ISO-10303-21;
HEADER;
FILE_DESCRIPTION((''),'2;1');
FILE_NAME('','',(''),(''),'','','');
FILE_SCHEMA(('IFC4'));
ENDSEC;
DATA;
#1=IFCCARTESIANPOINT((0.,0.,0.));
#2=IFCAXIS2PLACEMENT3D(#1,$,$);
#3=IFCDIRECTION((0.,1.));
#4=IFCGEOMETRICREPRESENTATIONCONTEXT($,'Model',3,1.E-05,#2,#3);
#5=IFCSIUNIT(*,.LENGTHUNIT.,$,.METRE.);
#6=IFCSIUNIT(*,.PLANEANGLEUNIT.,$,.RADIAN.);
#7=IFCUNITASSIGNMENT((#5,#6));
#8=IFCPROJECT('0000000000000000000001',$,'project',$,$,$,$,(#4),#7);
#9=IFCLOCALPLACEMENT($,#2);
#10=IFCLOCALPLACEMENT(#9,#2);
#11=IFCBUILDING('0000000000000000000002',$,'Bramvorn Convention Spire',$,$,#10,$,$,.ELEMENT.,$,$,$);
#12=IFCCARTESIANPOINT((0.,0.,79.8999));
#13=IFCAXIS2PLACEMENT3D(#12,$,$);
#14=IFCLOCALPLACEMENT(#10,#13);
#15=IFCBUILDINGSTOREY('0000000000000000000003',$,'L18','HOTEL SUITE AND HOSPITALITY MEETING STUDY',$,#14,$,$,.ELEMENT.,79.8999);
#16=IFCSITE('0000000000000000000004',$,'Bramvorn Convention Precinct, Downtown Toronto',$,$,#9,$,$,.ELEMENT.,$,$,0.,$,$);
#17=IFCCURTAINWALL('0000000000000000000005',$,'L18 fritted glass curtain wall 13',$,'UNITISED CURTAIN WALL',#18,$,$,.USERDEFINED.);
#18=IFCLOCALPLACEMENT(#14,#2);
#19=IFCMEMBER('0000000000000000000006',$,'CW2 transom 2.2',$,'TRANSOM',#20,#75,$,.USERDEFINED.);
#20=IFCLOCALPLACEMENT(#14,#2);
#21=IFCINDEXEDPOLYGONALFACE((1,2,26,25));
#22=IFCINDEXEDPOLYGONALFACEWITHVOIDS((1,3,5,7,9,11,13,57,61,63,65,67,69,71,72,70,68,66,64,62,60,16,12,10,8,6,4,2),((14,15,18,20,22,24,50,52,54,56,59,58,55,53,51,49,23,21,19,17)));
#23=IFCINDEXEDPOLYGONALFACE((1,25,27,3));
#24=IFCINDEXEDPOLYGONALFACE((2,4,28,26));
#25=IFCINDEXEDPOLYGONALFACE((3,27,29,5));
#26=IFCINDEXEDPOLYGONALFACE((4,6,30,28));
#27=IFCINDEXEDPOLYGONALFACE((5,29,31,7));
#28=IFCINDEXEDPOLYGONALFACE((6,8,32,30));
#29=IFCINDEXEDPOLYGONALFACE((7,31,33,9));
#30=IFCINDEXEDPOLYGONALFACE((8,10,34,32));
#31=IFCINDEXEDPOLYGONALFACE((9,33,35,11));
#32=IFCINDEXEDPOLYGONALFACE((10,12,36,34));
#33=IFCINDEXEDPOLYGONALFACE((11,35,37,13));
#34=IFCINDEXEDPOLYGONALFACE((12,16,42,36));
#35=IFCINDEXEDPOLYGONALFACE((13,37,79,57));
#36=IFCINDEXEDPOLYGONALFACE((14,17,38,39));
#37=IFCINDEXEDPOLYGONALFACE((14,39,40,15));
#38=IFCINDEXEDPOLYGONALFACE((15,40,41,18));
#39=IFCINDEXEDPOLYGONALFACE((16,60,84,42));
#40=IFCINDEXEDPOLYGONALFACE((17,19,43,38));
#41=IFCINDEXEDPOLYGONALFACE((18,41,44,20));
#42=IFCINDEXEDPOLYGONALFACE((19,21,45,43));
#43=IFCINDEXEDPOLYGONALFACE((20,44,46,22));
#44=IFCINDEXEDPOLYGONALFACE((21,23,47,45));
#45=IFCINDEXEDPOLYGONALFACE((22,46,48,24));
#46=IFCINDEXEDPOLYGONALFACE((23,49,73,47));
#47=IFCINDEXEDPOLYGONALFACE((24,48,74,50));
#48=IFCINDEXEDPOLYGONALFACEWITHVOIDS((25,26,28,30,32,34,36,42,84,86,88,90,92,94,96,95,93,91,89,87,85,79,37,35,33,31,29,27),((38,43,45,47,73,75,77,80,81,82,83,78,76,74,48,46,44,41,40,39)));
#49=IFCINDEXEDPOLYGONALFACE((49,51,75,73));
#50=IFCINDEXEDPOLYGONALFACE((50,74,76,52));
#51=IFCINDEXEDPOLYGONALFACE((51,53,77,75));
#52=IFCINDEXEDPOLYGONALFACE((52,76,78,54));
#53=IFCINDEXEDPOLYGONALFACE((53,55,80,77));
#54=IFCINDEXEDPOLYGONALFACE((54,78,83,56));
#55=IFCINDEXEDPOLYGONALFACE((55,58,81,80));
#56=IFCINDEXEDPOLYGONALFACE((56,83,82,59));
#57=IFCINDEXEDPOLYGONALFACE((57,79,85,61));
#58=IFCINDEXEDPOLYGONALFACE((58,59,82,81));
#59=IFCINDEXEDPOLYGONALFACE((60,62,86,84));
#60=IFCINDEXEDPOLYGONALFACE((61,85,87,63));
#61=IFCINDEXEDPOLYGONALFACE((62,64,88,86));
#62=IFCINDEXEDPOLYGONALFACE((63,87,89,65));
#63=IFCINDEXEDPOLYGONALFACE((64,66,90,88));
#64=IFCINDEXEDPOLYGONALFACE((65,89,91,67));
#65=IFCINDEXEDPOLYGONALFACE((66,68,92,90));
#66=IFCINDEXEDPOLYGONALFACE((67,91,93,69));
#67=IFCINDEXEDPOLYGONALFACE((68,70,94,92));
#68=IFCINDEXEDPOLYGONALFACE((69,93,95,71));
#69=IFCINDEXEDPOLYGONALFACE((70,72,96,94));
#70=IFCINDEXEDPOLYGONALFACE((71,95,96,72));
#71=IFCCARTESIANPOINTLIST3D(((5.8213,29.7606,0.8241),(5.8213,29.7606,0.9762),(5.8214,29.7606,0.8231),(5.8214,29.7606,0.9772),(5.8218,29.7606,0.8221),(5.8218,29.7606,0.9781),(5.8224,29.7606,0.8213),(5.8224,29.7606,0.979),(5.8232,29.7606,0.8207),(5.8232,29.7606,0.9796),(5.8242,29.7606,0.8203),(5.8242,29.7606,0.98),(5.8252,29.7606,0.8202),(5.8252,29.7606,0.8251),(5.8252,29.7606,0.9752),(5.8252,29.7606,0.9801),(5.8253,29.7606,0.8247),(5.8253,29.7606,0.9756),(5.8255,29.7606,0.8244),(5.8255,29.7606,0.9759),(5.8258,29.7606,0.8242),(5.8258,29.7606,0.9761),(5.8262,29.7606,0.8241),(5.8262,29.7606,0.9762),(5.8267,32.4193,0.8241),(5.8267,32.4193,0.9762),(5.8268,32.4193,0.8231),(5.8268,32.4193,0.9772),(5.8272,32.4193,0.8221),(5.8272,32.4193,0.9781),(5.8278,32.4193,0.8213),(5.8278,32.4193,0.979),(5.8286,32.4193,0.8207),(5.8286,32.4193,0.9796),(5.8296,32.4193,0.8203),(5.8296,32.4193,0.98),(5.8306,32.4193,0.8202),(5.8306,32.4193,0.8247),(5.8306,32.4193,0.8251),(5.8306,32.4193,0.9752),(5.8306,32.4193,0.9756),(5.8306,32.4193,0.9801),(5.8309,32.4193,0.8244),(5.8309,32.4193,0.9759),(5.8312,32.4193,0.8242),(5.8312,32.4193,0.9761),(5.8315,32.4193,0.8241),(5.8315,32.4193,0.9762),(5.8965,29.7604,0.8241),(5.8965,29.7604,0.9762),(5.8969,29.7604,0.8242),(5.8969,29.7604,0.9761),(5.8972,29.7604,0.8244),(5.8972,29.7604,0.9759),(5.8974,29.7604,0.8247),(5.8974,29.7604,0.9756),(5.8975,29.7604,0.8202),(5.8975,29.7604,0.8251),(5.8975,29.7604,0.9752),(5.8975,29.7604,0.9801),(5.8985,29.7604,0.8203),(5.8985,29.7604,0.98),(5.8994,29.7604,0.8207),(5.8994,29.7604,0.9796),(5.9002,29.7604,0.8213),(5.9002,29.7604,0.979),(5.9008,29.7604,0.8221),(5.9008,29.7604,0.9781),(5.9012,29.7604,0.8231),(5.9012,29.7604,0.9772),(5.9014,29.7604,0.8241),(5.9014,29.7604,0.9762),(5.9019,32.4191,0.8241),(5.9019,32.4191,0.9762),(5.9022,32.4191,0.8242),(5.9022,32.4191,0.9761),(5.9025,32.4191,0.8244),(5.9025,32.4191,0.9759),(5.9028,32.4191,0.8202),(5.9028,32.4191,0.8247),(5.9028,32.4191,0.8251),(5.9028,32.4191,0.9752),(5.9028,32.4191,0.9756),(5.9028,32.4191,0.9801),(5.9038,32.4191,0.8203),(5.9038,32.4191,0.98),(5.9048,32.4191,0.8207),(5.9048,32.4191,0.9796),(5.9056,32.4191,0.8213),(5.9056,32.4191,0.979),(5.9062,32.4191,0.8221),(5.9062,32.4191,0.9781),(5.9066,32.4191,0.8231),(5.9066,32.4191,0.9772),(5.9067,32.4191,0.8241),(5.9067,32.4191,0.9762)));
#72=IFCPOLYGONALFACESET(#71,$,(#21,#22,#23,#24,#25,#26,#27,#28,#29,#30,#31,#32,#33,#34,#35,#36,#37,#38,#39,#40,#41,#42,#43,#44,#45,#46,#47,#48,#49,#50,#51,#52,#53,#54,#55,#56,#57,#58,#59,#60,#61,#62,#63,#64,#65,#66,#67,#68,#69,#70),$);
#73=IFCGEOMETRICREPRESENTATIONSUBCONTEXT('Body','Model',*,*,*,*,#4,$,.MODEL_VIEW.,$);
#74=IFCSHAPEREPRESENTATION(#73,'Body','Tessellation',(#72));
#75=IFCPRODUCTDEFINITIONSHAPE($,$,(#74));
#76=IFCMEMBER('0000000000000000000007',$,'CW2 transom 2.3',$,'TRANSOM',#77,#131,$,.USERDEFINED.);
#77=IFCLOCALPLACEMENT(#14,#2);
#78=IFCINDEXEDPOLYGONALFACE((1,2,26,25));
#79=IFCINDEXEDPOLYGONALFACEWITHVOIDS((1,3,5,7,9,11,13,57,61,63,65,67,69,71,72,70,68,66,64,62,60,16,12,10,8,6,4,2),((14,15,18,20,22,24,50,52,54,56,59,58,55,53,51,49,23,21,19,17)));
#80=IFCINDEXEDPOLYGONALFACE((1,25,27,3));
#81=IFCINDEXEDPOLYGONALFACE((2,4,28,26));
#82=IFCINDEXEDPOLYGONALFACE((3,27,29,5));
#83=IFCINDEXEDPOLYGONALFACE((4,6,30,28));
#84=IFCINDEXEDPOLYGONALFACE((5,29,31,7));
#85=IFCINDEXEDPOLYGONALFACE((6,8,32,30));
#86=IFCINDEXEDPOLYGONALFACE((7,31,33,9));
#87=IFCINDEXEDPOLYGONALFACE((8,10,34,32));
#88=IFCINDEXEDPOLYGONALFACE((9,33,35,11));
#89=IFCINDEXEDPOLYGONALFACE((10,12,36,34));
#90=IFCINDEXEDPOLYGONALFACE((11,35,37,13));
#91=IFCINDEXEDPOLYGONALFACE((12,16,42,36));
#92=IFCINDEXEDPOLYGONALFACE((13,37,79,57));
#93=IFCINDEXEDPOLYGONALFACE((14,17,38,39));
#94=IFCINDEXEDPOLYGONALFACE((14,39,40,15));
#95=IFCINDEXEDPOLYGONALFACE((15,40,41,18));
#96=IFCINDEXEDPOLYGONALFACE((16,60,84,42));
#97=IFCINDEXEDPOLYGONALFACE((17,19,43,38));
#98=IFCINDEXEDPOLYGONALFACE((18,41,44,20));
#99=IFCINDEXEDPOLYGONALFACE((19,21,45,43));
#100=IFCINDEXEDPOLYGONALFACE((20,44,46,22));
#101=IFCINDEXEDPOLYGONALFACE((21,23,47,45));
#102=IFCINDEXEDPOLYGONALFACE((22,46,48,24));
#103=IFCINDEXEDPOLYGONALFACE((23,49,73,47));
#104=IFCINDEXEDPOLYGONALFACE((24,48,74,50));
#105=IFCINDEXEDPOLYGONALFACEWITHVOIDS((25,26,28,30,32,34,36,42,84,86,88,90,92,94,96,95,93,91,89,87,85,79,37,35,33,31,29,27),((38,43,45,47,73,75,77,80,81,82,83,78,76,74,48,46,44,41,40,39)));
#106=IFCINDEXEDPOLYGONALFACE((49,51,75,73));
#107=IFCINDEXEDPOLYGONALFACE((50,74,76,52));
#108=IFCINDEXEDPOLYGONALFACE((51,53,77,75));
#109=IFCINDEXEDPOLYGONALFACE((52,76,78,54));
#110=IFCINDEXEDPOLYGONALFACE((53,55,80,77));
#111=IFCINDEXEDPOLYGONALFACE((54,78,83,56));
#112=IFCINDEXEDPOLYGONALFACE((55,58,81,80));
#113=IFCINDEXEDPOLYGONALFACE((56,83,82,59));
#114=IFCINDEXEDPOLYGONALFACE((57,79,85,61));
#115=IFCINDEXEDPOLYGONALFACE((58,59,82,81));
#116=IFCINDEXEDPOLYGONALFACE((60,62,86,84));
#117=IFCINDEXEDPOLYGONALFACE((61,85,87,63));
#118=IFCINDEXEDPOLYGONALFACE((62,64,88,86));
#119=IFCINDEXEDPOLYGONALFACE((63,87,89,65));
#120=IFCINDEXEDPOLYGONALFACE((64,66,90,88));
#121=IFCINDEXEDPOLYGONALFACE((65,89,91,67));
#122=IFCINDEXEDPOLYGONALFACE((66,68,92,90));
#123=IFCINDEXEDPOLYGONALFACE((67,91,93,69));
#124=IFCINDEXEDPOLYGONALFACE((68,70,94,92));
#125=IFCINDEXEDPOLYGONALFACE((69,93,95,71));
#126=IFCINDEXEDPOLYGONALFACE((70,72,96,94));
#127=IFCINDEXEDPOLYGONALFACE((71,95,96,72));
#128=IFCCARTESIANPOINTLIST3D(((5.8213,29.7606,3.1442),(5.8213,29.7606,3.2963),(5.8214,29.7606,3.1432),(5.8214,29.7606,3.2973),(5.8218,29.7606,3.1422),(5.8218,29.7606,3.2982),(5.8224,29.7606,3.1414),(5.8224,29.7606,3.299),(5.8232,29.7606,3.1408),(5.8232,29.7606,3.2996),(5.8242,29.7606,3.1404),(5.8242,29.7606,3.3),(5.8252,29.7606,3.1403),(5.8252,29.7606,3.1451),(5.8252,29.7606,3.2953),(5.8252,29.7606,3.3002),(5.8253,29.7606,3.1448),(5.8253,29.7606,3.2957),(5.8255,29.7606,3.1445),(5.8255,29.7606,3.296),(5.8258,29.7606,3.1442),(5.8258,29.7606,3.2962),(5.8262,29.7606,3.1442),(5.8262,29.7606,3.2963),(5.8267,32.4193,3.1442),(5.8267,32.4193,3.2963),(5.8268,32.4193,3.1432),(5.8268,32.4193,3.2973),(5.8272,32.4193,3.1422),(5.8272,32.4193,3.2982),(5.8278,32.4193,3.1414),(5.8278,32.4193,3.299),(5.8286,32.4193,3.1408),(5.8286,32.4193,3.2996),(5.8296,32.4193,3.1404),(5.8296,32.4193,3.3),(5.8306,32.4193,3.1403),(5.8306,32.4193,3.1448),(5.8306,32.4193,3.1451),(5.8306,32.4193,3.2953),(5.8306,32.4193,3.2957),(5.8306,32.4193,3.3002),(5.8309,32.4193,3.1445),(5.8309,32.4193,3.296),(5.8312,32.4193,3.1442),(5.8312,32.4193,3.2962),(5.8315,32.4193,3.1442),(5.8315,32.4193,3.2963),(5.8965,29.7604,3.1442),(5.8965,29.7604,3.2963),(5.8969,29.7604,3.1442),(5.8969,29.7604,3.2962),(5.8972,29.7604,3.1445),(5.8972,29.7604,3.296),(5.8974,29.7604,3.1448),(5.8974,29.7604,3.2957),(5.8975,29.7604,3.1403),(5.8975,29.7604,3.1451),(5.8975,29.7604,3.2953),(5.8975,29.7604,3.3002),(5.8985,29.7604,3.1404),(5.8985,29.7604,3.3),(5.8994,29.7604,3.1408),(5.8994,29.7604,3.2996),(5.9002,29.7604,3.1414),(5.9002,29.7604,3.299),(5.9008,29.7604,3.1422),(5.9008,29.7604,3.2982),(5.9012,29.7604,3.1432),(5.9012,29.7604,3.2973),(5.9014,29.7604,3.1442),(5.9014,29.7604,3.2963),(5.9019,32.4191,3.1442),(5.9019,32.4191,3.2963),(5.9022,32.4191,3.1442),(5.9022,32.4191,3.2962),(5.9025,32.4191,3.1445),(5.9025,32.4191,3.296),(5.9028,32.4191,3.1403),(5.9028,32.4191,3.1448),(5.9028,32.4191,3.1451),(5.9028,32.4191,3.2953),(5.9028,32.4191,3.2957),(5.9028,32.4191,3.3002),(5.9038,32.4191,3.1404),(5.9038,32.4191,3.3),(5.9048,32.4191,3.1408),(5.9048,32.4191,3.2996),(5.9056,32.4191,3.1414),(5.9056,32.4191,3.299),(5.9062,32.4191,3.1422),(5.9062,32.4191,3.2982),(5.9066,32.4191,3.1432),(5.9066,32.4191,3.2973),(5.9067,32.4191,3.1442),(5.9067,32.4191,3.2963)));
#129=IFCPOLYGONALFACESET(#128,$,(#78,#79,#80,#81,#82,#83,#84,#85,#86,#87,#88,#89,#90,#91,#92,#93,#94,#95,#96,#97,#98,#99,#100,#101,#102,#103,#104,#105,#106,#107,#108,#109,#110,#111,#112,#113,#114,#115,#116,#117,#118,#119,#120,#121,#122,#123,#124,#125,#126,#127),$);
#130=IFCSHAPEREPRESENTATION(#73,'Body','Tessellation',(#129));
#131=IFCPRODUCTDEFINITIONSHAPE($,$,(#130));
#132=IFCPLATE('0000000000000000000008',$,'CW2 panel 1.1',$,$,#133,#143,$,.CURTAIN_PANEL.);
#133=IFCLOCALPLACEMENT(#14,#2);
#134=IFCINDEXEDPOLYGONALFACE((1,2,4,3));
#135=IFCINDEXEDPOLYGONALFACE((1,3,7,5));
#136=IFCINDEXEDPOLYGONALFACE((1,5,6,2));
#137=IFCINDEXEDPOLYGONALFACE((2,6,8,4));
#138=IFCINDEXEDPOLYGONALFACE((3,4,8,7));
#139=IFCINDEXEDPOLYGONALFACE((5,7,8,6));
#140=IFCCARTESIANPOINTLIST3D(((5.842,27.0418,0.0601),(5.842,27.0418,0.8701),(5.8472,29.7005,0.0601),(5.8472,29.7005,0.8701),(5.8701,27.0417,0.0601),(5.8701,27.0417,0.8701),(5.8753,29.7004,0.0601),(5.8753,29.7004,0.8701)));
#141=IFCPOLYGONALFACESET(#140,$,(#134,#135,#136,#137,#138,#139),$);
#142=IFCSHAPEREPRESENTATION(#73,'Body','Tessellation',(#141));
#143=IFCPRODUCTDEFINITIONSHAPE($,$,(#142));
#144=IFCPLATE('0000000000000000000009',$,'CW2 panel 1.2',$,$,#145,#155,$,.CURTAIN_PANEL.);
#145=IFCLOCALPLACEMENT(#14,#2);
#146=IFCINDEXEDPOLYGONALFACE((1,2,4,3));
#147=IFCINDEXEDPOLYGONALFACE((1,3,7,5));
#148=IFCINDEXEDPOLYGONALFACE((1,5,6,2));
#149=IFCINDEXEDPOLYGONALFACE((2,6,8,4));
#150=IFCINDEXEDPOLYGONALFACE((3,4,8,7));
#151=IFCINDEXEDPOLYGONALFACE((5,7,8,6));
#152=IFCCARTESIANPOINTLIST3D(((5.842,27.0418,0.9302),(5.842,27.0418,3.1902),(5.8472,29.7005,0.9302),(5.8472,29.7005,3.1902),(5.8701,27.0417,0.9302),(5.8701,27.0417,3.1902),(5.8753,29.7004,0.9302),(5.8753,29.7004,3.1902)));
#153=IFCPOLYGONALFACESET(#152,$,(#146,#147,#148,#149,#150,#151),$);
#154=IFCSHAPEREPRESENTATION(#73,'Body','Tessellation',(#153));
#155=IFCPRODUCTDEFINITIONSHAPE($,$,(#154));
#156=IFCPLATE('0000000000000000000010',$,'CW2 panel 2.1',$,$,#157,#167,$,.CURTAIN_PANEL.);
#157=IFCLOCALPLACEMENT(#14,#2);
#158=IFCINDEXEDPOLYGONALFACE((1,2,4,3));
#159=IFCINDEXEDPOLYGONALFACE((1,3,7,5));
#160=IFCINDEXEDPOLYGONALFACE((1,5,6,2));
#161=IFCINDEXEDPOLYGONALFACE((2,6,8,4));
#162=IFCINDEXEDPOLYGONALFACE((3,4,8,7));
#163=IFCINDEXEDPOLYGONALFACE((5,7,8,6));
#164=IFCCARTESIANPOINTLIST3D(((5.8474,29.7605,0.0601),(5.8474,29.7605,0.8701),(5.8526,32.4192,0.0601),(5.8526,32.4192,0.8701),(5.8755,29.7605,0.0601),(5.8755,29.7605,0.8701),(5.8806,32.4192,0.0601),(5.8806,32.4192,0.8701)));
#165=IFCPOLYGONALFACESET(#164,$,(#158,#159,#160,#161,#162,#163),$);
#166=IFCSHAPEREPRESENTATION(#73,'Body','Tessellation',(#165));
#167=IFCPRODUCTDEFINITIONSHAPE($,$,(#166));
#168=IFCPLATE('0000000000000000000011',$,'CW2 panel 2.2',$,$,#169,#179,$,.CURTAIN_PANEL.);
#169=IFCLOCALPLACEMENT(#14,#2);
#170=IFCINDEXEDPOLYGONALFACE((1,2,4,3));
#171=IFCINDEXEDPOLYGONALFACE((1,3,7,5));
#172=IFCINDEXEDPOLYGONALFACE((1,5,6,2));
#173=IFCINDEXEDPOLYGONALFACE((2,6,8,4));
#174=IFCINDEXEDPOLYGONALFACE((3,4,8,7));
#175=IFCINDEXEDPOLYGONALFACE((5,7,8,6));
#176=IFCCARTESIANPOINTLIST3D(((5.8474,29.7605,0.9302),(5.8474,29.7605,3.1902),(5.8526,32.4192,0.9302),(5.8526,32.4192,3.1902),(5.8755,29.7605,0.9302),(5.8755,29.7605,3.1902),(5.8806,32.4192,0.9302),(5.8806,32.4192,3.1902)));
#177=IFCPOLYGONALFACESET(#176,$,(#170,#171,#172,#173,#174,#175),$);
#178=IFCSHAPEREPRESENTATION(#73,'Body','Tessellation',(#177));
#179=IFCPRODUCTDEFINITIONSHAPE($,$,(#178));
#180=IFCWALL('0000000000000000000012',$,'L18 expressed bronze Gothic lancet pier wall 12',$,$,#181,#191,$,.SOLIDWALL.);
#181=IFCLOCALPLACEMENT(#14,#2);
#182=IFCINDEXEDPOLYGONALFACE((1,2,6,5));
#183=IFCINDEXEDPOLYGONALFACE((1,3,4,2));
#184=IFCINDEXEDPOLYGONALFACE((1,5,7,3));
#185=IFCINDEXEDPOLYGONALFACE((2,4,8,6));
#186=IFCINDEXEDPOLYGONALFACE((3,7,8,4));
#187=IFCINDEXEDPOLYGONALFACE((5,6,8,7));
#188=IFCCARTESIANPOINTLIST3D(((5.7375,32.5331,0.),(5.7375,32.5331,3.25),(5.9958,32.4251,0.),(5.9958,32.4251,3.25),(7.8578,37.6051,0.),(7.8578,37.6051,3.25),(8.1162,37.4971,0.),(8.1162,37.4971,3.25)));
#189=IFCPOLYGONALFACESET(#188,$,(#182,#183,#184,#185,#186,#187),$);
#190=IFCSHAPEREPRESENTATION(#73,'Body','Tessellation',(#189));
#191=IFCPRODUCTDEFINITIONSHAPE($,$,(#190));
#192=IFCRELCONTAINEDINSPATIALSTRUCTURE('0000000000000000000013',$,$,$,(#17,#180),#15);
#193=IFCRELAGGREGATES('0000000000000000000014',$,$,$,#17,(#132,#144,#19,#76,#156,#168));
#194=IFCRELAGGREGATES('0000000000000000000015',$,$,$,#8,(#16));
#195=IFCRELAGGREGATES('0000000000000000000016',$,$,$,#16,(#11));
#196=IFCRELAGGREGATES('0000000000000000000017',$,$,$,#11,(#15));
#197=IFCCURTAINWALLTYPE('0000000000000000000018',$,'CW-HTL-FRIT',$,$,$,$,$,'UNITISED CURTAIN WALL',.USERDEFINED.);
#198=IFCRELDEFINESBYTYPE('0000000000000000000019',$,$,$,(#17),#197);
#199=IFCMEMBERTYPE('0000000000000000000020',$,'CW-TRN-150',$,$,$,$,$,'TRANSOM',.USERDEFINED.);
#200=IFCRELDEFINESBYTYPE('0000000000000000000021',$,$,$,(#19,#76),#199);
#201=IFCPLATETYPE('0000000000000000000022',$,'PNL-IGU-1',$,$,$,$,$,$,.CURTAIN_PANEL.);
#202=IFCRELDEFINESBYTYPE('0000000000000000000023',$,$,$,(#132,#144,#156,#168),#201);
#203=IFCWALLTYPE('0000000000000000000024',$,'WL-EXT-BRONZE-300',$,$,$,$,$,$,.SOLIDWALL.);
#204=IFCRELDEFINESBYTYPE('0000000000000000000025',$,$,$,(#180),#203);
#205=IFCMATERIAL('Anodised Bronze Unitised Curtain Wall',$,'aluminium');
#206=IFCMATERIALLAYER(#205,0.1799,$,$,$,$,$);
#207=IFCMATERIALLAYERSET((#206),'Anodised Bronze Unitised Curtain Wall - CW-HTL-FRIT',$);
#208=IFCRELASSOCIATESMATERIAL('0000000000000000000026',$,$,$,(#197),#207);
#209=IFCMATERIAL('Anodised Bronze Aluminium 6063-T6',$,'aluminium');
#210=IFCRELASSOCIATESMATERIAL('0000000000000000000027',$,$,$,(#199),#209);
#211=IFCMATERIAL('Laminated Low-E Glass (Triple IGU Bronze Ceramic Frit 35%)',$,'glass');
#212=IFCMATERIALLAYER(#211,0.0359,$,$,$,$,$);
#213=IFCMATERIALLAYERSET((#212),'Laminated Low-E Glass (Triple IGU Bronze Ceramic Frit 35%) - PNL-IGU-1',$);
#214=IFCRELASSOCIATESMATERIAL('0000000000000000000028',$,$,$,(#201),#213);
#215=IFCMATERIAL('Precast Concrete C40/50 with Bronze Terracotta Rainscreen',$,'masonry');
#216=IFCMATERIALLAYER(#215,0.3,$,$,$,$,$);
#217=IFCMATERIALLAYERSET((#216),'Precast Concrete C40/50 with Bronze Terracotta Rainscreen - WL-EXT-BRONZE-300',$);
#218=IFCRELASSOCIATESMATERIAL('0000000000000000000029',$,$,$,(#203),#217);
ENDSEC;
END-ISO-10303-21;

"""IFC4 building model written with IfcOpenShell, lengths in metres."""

from ifc_helpers import new_model, si_unit, direction, frame, frame_2d, origin, origin_2d, place, context, subcontext, project, spatial, rectangle, hollow_rectangle, extrude, material, layer, layer_set, material_profile, profile_set, type_object, element, aggregate, save


model = new_model("IFC4")

# Units and contexts
model_context = context("Model", 3, precision=1e-05, world=origin(), true_north=direction((0.0, 1.0)))
body_context = subcontext(model_context, "Body", "Model", "MODEL_VIEW")
ifc_project = project(units=[si_unit("LENGTHUNIT", "METRE"), si_unit("PLANEANGLEUNIT", "RADIAN")], contexts=[model_context])

# Site, building, storey
site_placement = place(None, origin())
site = spatial("IfcSite", under=ifc_project, at=site_placement, Name="Bramvorn Convention Precinct, Downtown Toronto", CompositionType="ELEMENT", RefElevation=0.0)
building_placement = place(site_placement, origin())
building = spatial("IfcBuilding", under=site, at=building_placement, Name="Bramvorn Convention Spire", CompositionType="ELEMENT")
storey_placement = place(building_placement, frame((0.0, 0.0, 79.8999)))
storey = spatial("IfcBuildingStorey", under=building, at=storey_placement, Name="L18", Description="HOTEL SUITE AND HOSPITALITY MEETING STUDY", CompositionType="ELEMENT", Elevation=79.8999)

# Curtain wall
ifc_material_1 = material(Name="Anodised Bronze Unitised Curtain Wall", Category="aluminium")
ifc_layer_1 = layer(ifc_material_1, 0.1799)
ifc_layer_set_1 = layer_set([ifc_layer_1], Name="Anodised Bronze Unitised Curtain Wall - CW-HTL-FRIT")
curtain_wall_type = type_object("IfcCurtainWallType", Name="CW-HTL-FRIT", ElementType="UNITISED CURTAIN WALL", PredefinedType="USERDEFINED", material=ifc_layer_set_1)
curtain_wall_1_placement = place(storey_placement, origin())
curtain_wall_1 = element("IfcCurtainWall", 1, at=curtain_wall_1_placement, inside=storey, type_object=curtain_wall_type, Name="L18 fritted glass curtain wall 13", ObjectType="UNITISED CURTAIN WALL", PredefinedType="USERDEFINED")
ifc_material_2 = material(Name="Anodised Bronze Aluminium 6063-T6", Category="aluminium")

# Members
ifc_material_profile_1 = material_profile(ifc_material_2, hollow_rectangle(XDim=0.0801, YDim=0.1599, WallThickness=0.0039, InnerFilletRadius=0.001, OuterFilletRadius=0.0039, at=origin_2d()))
ifc_profile_set_1 = profile_set([ifc_material_profile_1], Name="Anodised Bronze Aluminium 6063-T6 - CWT80X160")
member_type_1 = type_object("IfcMemberType", Name="CW-TRN-150", ElementType="TRANSOM", PredefinedType="USERDEFINED", material=ifc_profile_set_1)
member_1_placement = place(storey_placement, frame((5.8613, 29.7605, 0.9001), z_axis=(0.00202, 0.999998, 0.0), x_axis=(-0.999998, 0.00202, 0.0)))
member_1 = element("IfcMember", 2, at=member_1_placement, type_object=member_type_1, Name="CW2 transom 2.2", ObjectType="TRANSOM", PredefinedType="USERDEFINED", context=body_context, shape_type="SweptSolid", body=[
    extrude(hollow_rectangle(XDim=0.0801, YDim=0.1599, WallThickness=0.0039, InnerFilletRadius=0.001, OuterFilletRadius=0.0039, at=origin_2d()), origin(), (0.0, 0.0, 1.0), 2.6587),
])
member_2_placement = place(storey_placement, frame((5.8613, 29.7605, 3.2202), z_axis=(0.00202, 0.999998, 0.0), x_axis=(-0.999998, 0.00202, 0.0)))
member_2 = element("IfcMember", 3, at=member_2_placement, type_object=member_type_1, Name="CW2 transom 2.3", ObjectType="TRANSOM", PredefinedType="USERDEFINED", context=body_context, shape_type="SweptSolid", body=[
    extrude(hollow_rectangle(XDim=0.0801, YDim=0.1599, WallThickness=0.0039, InnerFilletRadius=0.001, OuterFilletRadius=0.0039, at=origin_2d()), origin(), (0.0, 0.0, 1.0), 2.6587),
])

# Plates
ifc_material_3 = material(Name="Laminated Low-E Glass (Triple IGU Bronze Ceramic Frit 35%)", Category="glass")
ifc_layer_2 = layer(ifc_material_3, 0.0359)
ifc_layer_set_2 = layer_set([ifc_layer_2], Name="Laminated Low-E Glass (Triple IGU Bronze Ceramic Frit 35%) - PNL-IGU-1")
plate_type = type_object("IfcPlateType", Name="PNL-IGU-1", PredefinedType="CURTAIN_PANEL", material=ifc_layer_set_2)
plate_1_placement = place(storey_placement, frame((5.8586, 28.3711, 0.0601), z_axis=(0.0, 0.0, 1.0), x_axis=(0.001946, 0.999998, 0.0)))
plate_1 = element("IfcPlate", 4, at=plate_1_placement, type_object=plate_type, Name="CW2 panel 1.1", PredefinedType="CURTAIN_PANEL", context=body_context, shape_type="SweptSolid", body=[
    extrude(rectangle(XDim=2.6587, YDim=0.0281, at=origin_2d()), origin(), (0.0, 0.0, 1.0), 0.8101),
])
plate_2_placement = place(storey_placement, frame((5.8586, 28.3711, 0.9302), z_axis=(0.0, 0.0, 1.0), x_axis=(0.001946, 0.999998, 0.0)))
plate_2 = element("IfcPlate", 5, at=plate_2_placement, type_object=plate_type, Name="CW2 panel 1.2", PredefinedType="CURTAIN_PANEL", context=body_context, shape_type="SweptSolid", body=[
    extrude(rectangle(XDim=2.6587, YDim=0.0281, at=origin_2d()), origin(), (0.0, 0.0, 1.0), 2.26),
])
plate_3_placement = place(storey_placement, frame((5.864, 31.0898, 0.0601), z_axis=(0.0, 0.0, 1.0), x_axis=(0.001946, 0.999998, 0.0)))
plate_3 = element("IfcPlate", 6, at=plate_3_placement, type_object=plate_type, Name="CW2 panel 2.1", PredefinedType="CURTAIN_PANEL", context=body_context, shape_type="SweptSolid", body=[
    extrude(rectangle(XDim=2.6587, YDim=0.0281, at=origin_2d()), origin(), (0.0, 0.0, 1.0), 0.8101),
])
plate_4_placement = place(storey_placement, frame((5.864, 31.0898, 0.9302), z_axis=(0.0, 0.0, 1.0), x_axis=(0.001946, 0.999998, 0.0)))
plate_4 = element("IfcPlate", 7, at=plate_4_placement, type_object=plate_type, Name="CW2 panel 2.2", PredefinedType="CURTAIN_PANEL", context=body_context, shape_type="SweptSolid", body=[
    extrude(rectangle(XDim=2.6587, YDim=0.0281, at=origin_2d()), origin(), (0.0, 0.0, 1.0), 2.26),
])
aggregate(curtain_wall_1, [plate_1, plate_2, member_1, member_2, plate_3, plate_4])

# Wall
ifc_material_4 = material(Name="Precast Concrete C40/50 with Bronze Terracotta Rainscreen", Category="masonry")
ifc_layer_3 = layer(ifc_material_4, 0.3)
ifc_layer_set_3 = layer_set([ifc_layer_3], Name="Precast Concrete C40/50 with Bronze Terracotta Rainscreen - WL-EXT-BRONZE-300")
wall_type_1 = type_object("IfcWallType", Name="WL-EXT-BRONZE-300", PredefinedType="SOLIDWALL", material=ifc_layer_set_3)
wall_1_placement = place(storey_placement, frame((5.8667, 32.4792, 0.0), z_axis=(0.0, 0.0, 1.0), x_axis=(0.385703, 0.922623, 0.0)))
element("IfcWall", 8, at=wall_1_placement, inside=storey, type_object=wall_type_1, Name="L18 expressed bronze Gothic lancet pier wall 12", PredefinedType="SOLIDWALL", context=body_context, shape_type="SweptSolid", body=[
    extrude(rectangle(XDim=5.4973, YDim=0.28, at=frame_2d((2.7485, 0.0))), origin(), (0.0, 0.0, 1.0), 3.25),
])

save(model, "model.ifc")
